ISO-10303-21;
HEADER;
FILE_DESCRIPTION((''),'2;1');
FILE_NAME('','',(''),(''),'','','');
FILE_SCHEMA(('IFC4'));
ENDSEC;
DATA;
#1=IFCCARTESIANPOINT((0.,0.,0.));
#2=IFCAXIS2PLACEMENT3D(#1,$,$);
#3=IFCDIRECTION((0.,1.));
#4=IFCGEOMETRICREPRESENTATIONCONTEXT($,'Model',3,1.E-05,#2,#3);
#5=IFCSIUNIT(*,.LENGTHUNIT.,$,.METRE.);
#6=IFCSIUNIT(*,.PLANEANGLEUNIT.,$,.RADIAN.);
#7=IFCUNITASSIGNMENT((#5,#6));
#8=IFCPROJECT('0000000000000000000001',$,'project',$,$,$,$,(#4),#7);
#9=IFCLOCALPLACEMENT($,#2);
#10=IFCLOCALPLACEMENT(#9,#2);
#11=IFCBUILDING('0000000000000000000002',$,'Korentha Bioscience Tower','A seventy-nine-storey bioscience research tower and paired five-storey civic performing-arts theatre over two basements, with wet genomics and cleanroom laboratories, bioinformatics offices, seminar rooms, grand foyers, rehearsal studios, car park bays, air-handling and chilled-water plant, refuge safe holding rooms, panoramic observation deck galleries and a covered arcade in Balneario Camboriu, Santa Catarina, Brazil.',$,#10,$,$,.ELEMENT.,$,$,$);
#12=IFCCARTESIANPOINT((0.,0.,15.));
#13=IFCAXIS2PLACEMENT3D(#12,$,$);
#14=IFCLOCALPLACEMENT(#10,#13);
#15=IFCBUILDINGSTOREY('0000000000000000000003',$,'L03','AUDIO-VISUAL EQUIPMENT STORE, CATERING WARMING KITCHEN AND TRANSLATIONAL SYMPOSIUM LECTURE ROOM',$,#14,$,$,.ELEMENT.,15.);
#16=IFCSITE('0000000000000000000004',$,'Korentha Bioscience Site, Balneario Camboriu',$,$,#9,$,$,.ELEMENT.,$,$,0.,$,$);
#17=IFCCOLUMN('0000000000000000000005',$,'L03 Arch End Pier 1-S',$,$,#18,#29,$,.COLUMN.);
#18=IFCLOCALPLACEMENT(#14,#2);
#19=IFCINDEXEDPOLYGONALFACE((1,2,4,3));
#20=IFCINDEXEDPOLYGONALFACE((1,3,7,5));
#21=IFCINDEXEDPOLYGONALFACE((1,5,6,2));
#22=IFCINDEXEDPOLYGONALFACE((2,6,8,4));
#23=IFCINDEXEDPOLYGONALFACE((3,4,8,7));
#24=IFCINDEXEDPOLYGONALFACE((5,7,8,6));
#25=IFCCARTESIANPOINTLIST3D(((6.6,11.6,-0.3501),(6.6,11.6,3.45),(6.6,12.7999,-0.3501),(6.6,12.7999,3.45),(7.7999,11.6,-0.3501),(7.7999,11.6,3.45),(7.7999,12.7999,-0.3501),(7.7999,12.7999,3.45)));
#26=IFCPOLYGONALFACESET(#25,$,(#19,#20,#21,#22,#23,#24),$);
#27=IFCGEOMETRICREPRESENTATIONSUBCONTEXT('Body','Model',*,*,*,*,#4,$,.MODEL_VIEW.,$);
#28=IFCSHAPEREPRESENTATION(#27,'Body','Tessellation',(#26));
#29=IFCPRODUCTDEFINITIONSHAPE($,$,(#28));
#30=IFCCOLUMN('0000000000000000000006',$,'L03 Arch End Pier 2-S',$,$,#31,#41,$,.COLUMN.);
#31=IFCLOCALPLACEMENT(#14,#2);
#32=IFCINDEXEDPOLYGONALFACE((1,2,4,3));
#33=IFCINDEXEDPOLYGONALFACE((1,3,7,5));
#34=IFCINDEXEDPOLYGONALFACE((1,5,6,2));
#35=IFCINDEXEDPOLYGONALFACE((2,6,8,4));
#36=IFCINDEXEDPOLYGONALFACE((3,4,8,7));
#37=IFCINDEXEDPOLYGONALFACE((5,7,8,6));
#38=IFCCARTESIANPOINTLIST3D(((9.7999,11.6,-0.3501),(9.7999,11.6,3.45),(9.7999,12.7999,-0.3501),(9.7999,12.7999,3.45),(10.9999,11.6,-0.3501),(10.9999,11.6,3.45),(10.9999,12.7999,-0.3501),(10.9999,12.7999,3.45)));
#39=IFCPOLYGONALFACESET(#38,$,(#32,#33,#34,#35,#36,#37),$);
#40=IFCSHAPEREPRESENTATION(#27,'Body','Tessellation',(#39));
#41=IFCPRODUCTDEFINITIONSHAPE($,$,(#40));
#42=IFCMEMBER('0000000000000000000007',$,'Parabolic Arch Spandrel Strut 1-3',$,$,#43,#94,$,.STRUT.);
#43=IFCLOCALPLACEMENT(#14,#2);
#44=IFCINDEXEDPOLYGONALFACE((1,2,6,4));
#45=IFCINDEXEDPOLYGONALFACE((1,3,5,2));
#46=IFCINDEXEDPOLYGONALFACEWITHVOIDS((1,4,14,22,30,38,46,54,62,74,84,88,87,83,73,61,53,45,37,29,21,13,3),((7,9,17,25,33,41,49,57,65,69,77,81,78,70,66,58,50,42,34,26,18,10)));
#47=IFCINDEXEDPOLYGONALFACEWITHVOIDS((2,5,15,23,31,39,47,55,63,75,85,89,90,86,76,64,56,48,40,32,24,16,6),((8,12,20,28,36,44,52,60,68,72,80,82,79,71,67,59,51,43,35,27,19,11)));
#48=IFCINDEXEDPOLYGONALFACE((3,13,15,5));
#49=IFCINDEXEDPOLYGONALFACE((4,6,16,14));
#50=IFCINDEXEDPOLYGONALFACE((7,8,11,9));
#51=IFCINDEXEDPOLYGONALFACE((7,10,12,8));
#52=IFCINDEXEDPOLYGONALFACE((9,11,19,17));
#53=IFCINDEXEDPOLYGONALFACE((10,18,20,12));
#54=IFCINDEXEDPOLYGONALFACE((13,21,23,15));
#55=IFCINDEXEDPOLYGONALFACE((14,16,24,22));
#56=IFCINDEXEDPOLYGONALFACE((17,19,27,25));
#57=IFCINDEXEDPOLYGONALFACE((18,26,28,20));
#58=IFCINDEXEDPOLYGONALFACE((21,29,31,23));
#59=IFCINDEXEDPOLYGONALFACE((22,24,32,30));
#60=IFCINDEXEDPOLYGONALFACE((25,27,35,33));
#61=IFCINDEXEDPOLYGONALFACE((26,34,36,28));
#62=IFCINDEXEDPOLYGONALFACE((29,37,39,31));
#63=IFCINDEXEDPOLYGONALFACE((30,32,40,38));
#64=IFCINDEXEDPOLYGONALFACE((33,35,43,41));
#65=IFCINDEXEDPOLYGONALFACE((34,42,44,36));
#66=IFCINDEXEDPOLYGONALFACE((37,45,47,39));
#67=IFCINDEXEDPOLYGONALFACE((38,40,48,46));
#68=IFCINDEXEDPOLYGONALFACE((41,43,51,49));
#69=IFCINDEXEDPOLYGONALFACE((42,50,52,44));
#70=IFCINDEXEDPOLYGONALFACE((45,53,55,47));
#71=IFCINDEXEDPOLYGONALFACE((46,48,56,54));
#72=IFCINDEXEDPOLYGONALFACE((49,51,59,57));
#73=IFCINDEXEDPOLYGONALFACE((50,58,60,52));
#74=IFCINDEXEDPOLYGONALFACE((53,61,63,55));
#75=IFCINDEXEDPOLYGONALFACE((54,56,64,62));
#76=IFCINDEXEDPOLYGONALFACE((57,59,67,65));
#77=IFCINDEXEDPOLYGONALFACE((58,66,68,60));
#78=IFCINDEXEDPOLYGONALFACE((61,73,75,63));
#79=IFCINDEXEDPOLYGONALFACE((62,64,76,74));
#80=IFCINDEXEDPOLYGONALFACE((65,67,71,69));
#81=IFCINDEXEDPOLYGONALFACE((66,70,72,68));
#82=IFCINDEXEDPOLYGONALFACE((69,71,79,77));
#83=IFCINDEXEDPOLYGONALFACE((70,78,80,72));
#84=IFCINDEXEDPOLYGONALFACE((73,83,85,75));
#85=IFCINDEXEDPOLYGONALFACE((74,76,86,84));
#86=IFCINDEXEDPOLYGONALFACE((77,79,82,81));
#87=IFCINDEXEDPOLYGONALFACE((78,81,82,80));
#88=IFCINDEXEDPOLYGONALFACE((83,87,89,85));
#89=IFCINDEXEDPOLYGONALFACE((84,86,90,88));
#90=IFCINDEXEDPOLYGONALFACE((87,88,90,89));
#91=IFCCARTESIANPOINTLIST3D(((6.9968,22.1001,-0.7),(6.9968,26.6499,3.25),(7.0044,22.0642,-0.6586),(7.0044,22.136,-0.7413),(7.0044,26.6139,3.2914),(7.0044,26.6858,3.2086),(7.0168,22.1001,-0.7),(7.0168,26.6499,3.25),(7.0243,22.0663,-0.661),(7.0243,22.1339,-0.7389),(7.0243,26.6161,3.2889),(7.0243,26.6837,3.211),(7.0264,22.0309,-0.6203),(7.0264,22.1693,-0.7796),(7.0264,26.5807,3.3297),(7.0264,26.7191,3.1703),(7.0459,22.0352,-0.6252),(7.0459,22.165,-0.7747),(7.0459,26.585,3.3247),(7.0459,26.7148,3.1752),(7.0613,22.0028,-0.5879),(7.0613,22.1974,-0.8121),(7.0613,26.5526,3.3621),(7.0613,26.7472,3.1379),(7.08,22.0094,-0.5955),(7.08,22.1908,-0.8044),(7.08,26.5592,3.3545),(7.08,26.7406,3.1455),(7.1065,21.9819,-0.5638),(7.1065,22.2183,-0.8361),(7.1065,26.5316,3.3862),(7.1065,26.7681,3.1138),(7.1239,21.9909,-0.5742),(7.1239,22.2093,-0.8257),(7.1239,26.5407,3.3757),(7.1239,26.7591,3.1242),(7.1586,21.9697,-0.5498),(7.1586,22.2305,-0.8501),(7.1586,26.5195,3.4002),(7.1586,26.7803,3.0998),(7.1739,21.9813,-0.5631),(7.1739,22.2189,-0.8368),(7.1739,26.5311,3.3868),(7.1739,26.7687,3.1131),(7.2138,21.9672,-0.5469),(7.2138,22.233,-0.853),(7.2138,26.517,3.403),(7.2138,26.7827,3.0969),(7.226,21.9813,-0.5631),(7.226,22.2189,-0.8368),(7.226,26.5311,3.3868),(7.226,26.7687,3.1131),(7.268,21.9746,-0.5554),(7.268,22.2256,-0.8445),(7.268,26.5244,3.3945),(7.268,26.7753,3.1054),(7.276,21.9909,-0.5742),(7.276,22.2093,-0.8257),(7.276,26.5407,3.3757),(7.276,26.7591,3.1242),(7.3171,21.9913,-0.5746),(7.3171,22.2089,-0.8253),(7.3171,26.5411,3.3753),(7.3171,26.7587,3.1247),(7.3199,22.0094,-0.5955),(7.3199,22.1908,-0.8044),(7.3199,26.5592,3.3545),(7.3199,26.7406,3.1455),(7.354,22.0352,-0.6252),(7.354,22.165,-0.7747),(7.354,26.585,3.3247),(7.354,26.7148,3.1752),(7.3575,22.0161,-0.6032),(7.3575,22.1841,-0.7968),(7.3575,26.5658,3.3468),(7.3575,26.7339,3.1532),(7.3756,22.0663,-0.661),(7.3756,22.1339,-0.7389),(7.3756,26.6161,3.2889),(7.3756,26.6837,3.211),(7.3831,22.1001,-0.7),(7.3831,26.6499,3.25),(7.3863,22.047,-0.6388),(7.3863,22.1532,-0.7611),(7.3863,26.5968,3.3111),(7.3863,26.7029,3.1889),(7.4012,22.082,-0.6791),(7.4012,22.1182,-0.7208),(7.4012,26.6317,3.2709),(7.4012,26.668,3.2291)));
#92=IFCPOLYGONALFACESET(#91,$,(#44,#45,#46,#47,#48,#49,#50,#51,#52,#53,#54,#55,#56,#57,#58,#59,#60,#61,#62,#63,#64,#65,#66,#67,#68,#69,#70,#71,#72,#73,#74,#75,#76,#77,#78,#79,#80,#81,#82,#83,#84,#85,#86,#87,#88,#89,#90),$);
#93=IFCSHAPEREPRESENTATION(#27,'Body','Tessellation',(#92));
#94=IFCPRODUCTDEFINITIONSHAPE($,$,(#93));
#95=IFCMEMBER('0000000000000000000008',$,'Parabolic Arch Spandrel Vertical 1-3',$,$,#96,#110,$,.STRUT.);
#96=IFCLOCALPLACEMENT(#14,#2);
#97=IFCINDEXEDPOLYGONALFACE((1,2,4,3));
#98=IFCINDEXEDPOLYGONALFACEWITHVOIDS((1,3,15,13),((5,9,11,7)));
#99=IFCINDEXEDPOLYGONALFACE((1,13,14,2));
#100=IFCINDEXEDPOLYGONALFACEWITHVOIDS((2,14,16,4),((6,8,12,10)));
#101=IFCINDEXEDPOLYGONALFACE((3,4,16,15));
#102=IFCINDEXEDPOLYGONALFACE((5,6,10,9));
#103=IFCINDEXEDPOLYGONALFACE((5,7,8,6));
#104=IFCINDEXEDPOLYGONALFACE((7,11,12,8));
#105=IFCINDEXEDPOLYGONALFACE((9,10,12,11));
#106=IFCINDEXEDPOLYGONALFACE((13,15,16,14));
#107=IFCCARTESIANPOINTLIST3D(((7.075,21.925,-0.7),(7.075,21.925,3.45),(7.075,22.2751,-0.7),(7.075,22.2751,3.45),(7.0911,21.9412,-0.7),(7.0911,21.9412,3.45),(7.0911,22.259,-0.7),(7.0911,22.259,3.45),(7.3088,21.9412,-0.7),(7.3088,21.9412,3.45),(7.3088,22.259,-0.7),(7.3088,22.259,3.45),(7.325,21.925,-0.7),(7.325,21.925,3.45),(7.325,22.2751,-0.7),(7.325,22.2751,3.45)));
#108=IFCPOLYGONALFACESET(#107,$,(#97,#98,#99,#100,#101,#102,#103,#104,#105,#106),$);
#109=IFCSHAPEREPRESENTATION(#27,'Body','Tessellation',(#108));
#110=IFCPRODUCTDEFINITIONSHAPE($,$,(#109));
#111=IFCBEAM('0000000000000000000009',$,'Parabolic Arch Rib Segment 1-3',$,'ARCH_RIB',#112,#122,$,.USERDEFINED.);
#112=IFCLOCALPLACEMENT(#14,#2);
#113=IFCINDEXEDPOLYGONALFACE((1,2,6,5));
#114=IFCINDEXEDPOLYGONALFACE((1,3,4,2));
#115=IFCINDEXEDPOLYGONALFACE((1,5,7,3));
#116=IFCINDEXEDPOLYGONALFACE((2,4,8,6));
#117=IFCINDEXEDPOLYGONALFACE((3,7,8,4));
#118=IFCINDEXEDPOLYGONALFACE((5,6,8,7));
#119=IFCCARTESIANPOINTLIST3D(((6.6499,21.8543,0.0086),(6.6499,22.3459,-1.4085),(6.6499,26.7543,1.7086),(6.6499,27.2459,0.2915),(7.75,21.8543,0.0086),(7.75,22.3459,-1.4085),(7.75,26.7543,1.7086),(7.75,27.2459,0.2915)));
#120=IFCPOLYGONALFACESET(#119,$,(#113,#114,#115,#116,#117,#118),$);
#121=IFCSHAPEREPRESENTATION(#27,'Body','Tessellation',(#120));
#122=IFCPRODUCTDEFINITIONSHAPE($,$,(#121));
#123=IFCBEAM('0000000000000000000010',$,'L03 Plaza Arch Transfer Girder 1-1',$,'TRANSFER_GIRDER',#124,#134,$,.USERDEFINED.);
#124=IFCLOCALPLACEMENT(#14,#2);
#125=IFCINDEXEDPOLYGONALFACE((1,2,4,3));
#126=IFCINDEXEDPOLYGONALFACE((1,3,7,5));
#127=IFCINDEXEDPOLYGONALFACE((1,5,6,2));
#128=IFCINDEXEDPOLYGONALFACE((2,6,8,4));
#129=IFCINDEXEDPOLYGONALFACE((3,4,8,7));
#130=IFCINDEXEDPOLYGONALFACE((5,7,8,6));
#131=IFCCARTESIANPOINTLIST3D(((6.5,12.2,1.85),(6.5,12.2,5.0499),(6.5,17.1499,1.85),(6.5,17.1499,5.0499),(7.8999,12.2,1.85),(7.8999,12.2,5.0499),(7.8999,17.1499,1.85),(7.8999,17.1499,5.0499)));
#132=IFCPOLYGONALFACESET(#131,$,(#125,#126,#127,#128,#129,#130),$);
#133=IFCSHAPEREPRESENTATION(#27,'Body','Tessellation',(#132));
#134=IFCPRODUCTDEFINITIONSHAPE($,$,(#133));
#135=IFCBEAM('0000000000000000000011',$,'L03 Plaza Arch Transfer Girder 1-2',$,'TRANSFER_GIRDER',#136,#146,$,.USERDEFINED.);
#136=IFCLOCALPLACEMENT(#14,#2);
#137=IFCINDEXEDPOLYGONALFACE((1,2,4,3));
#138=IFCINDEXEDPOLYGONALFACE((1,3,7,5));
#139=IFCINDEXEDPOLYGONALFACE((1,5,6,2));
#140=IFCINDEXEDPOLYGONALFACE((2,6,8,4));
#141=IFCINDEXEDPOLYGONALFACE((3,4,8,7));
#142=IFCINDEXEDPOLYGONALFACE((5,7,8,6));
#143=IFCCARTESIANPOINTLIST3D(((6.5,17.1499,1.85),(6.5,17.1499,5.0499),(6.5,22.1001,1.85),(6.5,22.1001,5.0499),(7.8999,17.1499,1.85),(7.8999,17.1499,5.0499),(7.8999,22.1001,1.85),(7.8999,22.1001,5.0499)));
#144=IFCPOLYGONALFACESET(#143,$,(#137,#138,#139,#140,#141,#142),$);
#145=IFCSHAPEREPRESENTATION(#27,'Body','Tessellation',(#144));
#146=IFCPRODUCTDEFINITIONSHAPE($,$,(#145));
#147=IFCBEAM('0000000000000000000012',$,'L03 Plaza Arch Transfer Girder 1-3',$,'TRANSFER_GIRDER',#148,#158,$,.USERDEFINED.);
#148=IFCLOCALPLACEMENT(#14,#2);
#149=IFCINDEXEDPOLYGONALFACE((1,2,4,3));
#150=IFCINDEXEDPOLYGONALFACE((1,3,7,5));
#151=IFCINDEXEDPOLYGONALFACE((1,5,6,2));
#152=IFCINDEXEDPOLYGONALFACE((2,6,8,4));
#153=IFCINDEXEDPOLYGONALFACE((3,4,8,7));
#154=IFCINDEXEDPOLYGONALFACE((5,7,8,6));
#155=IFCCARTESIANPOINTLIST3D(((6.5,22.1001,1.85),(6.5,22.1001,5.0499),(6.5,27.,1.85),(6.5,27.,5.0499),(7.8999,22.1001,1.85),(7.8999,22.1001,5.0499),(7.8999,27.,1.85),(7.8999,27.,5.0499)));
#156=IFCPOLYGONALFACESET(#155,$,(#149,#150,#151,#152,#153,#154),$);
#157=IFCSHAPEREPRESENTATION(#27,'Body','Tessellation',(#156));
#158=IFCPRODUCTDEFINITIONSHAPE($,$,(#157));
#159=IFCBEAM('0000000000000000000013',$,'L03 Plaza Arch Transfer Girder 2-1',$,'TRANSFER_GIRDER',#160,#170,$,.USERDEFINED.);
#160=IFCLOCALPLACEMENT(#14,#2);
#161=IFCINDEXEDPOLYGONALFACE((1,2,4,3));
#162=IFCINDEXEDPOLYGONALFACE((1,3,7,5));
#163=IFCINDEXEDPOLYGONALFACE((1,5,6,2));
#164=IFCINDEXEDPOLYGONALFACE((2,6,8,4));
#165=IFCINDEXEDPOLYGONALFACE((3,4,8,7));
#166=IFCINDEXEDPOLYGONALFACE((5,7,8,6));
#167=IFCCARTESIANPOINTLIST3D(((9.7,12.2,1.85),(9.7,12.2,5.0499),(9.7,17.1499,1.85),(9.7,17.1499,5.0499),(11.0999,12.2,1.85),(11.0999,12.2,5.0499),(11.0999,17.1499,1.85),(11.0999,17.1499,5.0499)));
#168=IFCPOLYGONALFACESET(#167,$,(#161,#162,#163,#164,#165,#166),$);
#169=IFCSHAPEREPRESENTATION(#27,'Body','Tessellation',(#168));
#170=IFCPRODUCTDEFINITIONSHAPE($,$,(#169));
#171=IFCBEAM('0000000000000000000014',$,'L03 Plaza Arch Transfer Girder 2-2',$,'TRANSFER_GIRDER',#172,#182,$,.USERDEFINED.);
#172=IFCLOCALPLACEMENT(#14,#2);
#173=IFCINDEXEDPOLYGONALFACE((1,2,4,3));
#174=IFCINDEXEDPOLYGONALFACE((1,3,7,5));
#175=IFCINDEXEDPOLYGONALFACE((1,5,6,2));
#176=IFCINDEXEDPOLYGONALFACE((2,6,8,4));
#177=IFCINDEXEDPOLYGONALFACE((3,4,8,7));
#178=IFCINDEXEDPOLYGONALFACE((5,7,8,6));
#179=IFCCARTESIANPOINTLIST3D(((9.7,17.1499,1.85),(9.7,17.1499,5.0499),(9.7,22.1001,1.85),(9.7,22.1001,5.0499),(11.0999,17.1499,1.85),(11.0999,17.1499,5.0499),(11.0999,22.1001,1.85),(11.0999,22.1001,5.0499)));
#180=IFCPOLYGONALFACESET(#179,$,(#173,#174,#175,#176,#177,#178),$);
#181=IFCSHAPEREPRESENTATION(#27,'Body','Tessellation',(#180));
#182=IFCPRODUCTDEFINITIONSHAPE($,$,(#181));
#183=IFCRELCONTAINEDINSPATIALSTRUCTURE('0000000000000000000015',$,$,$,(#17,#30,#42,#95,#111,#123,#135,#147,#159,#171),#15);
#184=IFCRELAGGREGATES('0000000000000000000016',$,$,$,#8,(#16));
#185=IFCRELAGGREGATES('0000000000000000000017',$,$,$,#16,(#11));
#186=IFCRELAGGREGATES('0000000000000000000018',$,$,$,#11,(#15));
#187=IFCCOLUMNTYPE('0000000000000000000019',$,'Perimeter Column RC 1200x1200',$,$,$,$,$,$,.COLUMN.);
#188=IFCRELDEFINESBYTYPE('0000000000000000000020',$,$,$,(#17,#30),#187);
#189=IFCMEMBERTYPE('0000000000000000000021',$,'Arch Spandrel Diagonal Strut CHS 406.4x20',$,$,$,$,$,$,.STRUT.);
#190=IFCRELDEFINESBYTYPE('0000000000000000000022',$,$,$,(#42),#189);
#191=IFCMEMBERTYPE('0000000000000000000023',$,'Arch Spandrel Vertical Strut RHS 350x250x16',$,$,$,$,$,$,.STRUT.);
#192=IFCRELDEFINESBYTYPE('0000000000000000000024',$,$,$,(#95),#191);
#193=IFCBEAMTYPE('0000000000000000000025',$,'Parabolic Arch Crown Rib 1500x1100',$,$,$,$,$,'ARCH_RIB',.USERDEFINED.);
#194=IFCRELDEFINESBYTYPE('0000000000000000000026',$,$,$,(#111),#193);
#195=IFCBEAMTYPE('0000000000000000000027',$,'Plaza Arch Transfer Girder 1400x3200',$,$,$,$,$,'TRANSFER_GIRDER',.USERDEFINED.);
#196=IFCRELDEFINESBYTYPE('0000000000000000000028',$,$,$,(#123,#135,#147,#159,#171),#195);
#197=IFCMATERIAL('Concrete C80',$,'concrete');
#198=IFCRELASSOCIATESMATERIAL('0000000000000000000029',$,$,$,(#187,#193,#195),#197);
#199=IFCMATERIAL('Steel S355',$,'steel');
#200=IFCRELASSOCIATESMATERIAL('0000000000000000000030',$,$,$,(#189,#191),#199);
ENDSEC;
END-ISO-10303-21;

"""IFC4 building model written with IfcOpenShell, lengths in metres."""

from ifc_helpers import new_model, si_unit, direction, frame, origin, origin_2d, place, context, subcontext, project, spatial, rectangle, hollow_rectangle, hollow_circle, extrude, material, material_profile, profile_set, type_object, element, save


model = new_model("IFC4")

# Units and contexts
model_context = context("Model", 3, precision=1e-05, world=origin(), true_north=direction((0.0, 1.0)))
body_context = subcontext(model_context, "Body", "Model", "MODEL_VIEW")
ifc_project = project(units=[si_unit("LENGTHUNIT", "METRE"), si_unit("PLANEANGLEUNIT", "RADIAN")], contexts=[model_context])

# Site, building, storey
site_placement = place(None, origin())
site = spatial("IfcSite", under=ifc_project, at=site_placement, Name="Korentha Bioscience Site, Balneario Camboriu", CompositionType="ELEMENT", RefElevation=0.0)
building_placement = place(site_placement, origin())
building = spatial("IfcBuilding", under=site, at=building_placement, Name="Korentha Bioscience Tower", Description="A seventy-nine-storey bioscience research tower and paired five-storey civic performing-arts theatre over two basements, with wet genomics and cleanroom laboratories, bioinformatics offices, seminar rooms, grand foyers, rehearsal studios, car park bays, air-handling and chilled-water plant, refuge safe holding rooms, panoramic observation deck galleries and a covered arcade in Balneario Camboriu, Santa Catarina, Brazil.", CompositionType="ELEMENT")
storey_placement = place(building_placement, frame((0.0, 0.0, 15.0)))
storey = spatial("IfcBuildingStorey", under=building, at=storey_placement, Name="L03", Description="AUDIO-VISUAL EQUIPMENT STORE, CATERING WARMING KITCHEN AND TRANSLATIONAL SYMPOSIUM LECTURE ROOM", CompositionType="ELEMENT", Elevation=15.0)

# Columns
ifc_material_1 = material(Name="Concrete C80", Category="concrete")
ifc_material_profile_1 = material_profile(ifc_material_1, rectangle(XDim=1.2, YDim=1.2, at=origin_2d()), Name="Concrete C80")
ifc_profile_set_1 = profile_set([ifc_material_profile_1], Name="Concrete C80 (COL-P12)")
column_type = type_object("IfcColumnType", Name="Perimeter Column RC 1200x1200", PredefinedType="COLUMN", material=ifc_profile_set_1)
for number, where, z_axis, x_axis, name in (
    (1, (7.2, 12.2, -0.3501), (0.0, 0.0, 1.0), (1.0, 0.0, 0.0), "L03 Arch End Pier 1-S"),
    (2, (10.3999, 12.2, -0.3501), (0.0, 0.0, 1.0), (1.0, 0.0, 0.0), "L03 Arch End Pier 2-S"),
):
    element("IfcColumn", number, at=place(storey_placement, frame(where, z_axis=z_axis, x_axis=x_axis)), inside=storey, type_object=column_type, Name=name, PredefinedType="COLUMN", context=body_context, shape_type="SweptSolid", body=[
        extrude(rectangle(XDim=1.2, YDim=1.2, at=origin_2d()), origin(), (0.0, 0.0, 1.0), 3.8),
    ])

# Members
ifc_material_2 = material(Name="Steel S355", Category="steel")
ifc_material_profile_2 = material_profile(ifc_material_2, hollow_circle(Radius=0.2031, WallThickness=0.02, at=origin_2d()), Name="Steel S355")
ifc_profile_set_2 = profile_set([ifc_material_profile_2], Name="Steel S355 (AR-ST406)")
member_type_1 = type_object("IfcMemberType", Name="Arch Spandrel Diagonal Strut CHS 406.4x20", PredefinedType="STRUT", material=ifc_profile_set_2)
member_1_placement = place(storey_placement, frame((7.2, 22.1001, -0.7), z_axis=(0.0, 0.755131, 0.655574), x_axis=(-1.0, 0.0, 0.0)))
element("IfcMember", 3, at=member_1_placement, inside=storey, type_object=member_type_1, Name="Parabolic Arch Spandrel Strut 1-3", PredefinedType="STRUT", context=body_context, shape_type="SweptSolid", body=[
    extrude(hollow_circle(Radius=0.2031, WallThickness=0.02, at=origin_2d()), origin(), (0.0, 0.0, 1.0), 6.0251),
])
ifc_material_profile_3 = material_profile(ifc_material_2, hollow_rectangle(XDim=0.25, YDim=0.3501, WallThickness=0.0161, at=origin_2d()), Name="Steel S355")
ifc_profile_set_3 = profile_set([ifc_material_profile_3], Name="Steel S355 (BT-P350)")
member_type_2 = type_object("IfcMemberType", Name="Arch Spandrel Vertical Strut RHS 350x250x16", PredefinedType="STRUT", material=ifc_profile_set_3)
member_2_placement = place(storey_placement, frame((7.2, 22.1001, -0.7), z_axis=(0.0, 0.0, 1.0), x_axis=(1.0, 0.0, 0.0)))
element("IfcMember", 4, at=member_2_placement, inside=storey, type_object=member_type_2, Name="Parabolic Arch Spandrel Vertical 1-3", PredefinedType="STRUT", context=body_context, shape_type="SweptSolid", body=[
    extrude(hollow_rectangle(XDim=0.25, YDim=0.3501, WallThickness=0.0161, at=origin_2d()), origin(), (0.0, 0.0, 1.0), 4.1499),
])

# Beams
ifc_material_profile_4 = material_profile(ifc_material_1, rectangle(XDim=1.1001, YDim=1.5, at=origin_2d()), Name="Concrete C80")
ifc_profile_set_4 = profile_set([ifc_material_profile_4], Name="Concrete C80 (AR-B2)")
beam_type_1 = type_object("IfcBeamType", Name="Parabolic Arch Crown Rib 1500x1100", ElementType="ARCH_RIB", PredefinedType="USERDEFINED", material=ifc_profile_set_4)
beam_1_placement = place(storey_placement, frame((7.2, 22.1001, -0.7), z_axis=(0.0, 0.944758, 0.32777), x_axis=(-1.0, 0.0, 0.0)))
element("IfcBeam", 5, at=beam_1_placement, inside=storey, type_object=beam_type_1, Name="Parabolic Arch Rib Segment 1-3", ObjectType="ARCH_RIB", PredefinedType="USERDEFINED", context=body_context, shape_type="SweptSolid", body=[
    extrude(rectangle(XDim=1.1001, YDim=1.5, at=origin_2d()), origin(), (0.0, 0.0, 1.0), 5.1865),
])
ifc_material_profile_5 = material_profile(ifc_material_1, rectangle(XDim=1.3999, YDim=3.2, at=origin_2d()), Name="Concrete C80")
ifc_profile_set_5 = profile_set([ifc_material_profile_5], Name="Concrete C80 (TG-01)")
beam_type_2 = type_object("IfcBeamType", Name="Plaza Arch Transfer Girder 1400x3200", ElementType="TRANSFER_GIRDER", PredefinedType="USERDEFINED", material=ifc_profile_set_5)
beam_2_placement = place(storey_placement, frame((7.2, 12.2, 3.45), z_axis=(0.0, 1.0, 0.0), x_axis=(-1.0, 0.0, 0.0)))
element("IfcBeam", 6, at=beam_2_placement, inside=storey, type_object=beam_type_2, Name="L03 Plaza Arch Transfer Girder 1-1", ObjectType="TRANSFER_GIRDER", PredefinedType="USERDEFINED", context=body_context, shape_type="SweptSolid", body=[
    extrude(rectangle(XDim=1.3999, YDim=3.2, at=origin_2d()), origin(), (0.0, 0.0, 1.0), 4.95),
])
beam_3_placement = place(storey_placement, frame((7.2, 17.1499, 3.45), z_axis=(0.0, 1.0, 0.0), x_axis=(-1.0, 0.0, 0.0)))
element("IfcBeam", 7, at=beam_3_placement, inside=storey, type_object=beam_type_2, Name="L03 Plaza Arch Transfer Girder 1-2", ObjectType="TRANSFER_GIRDER", PredefinedType="USERDEFINED", context=body_context, shape_type="SweptSolid", body=[
    extrude(rectangle(XDim=1.3999, YDim=3.2, at=origin_2d()), origin(), (0.0, 0.0, 1.0), 4.9502),
])
beam_4_placement = place(storey_placement, frame((7.2, 22.1001, 3.45), z_axis=(0.0, 1.0, 0.0), x_axis=(-1.0, 0.0, 0.0)))
element("IfcBeam", 8, at=beam_4_placement, inside=storey, type_object=beam_type_2, Name="L03 Plaza Arch Transfer Girder 1-3", ObjectType="TRANSFER_GIRDER", PredefinedType="USERDEFINED", context=body_context, shape_type="SweptSolid", body=[
    extrude(rectangle(XDim=1.3999, YDim=3.2, at=origin_2d()), origin(), (0.0, 0.0, 1.0), 4.8999),
])
beam_5_placement = place(storey_placement, frame((10.3999, 12.2, 3.45), z_axis=(0.0, 1.0, 0.0), x_axis=(-1.0, 0.0, 0.0)))
element("IfcBeam", 9, at=beam_5_placement, inside=storey, type_object=beam_type_2, Name="L03 Plaza Arch Transfer Girder 2-1", ObjectType="TRANSFER_GIRDER", PredefinedType="USERDEFINED", context=body_context, shape_type="SweptSolid", body=[
    extrude(rectangle(XDim=1.3999, YDim=3.2, at=origin_2d()), origin(), (0.0, 0.0, 1.0), 4.95),
])
beam_6_placement = place(storey_placement, frame((10.3999, 17.1499, 3.45), z_axis=(0.0, 1.0, 0.0), x_axis=(-1.0, 0.0, 0.0)))
element("IfcBeam", 10, at=beam_6_placement, inside=storey, type_object=beam_type_2, Name="L03 Plaza Arch Transfer Girder 2-2", ObjectType="TRANSFER_GIRDER", PredefinedType="USERDEFINED", context=body_context, shape_type="SweptSolid", body=[
    extrude(rectangle(XDim=1.3999, YDim=3.2, at=origin_2d()), origin(), (0.0, 0.0, 1.0), 4.9502),
])

save(model, "model.ifc")
